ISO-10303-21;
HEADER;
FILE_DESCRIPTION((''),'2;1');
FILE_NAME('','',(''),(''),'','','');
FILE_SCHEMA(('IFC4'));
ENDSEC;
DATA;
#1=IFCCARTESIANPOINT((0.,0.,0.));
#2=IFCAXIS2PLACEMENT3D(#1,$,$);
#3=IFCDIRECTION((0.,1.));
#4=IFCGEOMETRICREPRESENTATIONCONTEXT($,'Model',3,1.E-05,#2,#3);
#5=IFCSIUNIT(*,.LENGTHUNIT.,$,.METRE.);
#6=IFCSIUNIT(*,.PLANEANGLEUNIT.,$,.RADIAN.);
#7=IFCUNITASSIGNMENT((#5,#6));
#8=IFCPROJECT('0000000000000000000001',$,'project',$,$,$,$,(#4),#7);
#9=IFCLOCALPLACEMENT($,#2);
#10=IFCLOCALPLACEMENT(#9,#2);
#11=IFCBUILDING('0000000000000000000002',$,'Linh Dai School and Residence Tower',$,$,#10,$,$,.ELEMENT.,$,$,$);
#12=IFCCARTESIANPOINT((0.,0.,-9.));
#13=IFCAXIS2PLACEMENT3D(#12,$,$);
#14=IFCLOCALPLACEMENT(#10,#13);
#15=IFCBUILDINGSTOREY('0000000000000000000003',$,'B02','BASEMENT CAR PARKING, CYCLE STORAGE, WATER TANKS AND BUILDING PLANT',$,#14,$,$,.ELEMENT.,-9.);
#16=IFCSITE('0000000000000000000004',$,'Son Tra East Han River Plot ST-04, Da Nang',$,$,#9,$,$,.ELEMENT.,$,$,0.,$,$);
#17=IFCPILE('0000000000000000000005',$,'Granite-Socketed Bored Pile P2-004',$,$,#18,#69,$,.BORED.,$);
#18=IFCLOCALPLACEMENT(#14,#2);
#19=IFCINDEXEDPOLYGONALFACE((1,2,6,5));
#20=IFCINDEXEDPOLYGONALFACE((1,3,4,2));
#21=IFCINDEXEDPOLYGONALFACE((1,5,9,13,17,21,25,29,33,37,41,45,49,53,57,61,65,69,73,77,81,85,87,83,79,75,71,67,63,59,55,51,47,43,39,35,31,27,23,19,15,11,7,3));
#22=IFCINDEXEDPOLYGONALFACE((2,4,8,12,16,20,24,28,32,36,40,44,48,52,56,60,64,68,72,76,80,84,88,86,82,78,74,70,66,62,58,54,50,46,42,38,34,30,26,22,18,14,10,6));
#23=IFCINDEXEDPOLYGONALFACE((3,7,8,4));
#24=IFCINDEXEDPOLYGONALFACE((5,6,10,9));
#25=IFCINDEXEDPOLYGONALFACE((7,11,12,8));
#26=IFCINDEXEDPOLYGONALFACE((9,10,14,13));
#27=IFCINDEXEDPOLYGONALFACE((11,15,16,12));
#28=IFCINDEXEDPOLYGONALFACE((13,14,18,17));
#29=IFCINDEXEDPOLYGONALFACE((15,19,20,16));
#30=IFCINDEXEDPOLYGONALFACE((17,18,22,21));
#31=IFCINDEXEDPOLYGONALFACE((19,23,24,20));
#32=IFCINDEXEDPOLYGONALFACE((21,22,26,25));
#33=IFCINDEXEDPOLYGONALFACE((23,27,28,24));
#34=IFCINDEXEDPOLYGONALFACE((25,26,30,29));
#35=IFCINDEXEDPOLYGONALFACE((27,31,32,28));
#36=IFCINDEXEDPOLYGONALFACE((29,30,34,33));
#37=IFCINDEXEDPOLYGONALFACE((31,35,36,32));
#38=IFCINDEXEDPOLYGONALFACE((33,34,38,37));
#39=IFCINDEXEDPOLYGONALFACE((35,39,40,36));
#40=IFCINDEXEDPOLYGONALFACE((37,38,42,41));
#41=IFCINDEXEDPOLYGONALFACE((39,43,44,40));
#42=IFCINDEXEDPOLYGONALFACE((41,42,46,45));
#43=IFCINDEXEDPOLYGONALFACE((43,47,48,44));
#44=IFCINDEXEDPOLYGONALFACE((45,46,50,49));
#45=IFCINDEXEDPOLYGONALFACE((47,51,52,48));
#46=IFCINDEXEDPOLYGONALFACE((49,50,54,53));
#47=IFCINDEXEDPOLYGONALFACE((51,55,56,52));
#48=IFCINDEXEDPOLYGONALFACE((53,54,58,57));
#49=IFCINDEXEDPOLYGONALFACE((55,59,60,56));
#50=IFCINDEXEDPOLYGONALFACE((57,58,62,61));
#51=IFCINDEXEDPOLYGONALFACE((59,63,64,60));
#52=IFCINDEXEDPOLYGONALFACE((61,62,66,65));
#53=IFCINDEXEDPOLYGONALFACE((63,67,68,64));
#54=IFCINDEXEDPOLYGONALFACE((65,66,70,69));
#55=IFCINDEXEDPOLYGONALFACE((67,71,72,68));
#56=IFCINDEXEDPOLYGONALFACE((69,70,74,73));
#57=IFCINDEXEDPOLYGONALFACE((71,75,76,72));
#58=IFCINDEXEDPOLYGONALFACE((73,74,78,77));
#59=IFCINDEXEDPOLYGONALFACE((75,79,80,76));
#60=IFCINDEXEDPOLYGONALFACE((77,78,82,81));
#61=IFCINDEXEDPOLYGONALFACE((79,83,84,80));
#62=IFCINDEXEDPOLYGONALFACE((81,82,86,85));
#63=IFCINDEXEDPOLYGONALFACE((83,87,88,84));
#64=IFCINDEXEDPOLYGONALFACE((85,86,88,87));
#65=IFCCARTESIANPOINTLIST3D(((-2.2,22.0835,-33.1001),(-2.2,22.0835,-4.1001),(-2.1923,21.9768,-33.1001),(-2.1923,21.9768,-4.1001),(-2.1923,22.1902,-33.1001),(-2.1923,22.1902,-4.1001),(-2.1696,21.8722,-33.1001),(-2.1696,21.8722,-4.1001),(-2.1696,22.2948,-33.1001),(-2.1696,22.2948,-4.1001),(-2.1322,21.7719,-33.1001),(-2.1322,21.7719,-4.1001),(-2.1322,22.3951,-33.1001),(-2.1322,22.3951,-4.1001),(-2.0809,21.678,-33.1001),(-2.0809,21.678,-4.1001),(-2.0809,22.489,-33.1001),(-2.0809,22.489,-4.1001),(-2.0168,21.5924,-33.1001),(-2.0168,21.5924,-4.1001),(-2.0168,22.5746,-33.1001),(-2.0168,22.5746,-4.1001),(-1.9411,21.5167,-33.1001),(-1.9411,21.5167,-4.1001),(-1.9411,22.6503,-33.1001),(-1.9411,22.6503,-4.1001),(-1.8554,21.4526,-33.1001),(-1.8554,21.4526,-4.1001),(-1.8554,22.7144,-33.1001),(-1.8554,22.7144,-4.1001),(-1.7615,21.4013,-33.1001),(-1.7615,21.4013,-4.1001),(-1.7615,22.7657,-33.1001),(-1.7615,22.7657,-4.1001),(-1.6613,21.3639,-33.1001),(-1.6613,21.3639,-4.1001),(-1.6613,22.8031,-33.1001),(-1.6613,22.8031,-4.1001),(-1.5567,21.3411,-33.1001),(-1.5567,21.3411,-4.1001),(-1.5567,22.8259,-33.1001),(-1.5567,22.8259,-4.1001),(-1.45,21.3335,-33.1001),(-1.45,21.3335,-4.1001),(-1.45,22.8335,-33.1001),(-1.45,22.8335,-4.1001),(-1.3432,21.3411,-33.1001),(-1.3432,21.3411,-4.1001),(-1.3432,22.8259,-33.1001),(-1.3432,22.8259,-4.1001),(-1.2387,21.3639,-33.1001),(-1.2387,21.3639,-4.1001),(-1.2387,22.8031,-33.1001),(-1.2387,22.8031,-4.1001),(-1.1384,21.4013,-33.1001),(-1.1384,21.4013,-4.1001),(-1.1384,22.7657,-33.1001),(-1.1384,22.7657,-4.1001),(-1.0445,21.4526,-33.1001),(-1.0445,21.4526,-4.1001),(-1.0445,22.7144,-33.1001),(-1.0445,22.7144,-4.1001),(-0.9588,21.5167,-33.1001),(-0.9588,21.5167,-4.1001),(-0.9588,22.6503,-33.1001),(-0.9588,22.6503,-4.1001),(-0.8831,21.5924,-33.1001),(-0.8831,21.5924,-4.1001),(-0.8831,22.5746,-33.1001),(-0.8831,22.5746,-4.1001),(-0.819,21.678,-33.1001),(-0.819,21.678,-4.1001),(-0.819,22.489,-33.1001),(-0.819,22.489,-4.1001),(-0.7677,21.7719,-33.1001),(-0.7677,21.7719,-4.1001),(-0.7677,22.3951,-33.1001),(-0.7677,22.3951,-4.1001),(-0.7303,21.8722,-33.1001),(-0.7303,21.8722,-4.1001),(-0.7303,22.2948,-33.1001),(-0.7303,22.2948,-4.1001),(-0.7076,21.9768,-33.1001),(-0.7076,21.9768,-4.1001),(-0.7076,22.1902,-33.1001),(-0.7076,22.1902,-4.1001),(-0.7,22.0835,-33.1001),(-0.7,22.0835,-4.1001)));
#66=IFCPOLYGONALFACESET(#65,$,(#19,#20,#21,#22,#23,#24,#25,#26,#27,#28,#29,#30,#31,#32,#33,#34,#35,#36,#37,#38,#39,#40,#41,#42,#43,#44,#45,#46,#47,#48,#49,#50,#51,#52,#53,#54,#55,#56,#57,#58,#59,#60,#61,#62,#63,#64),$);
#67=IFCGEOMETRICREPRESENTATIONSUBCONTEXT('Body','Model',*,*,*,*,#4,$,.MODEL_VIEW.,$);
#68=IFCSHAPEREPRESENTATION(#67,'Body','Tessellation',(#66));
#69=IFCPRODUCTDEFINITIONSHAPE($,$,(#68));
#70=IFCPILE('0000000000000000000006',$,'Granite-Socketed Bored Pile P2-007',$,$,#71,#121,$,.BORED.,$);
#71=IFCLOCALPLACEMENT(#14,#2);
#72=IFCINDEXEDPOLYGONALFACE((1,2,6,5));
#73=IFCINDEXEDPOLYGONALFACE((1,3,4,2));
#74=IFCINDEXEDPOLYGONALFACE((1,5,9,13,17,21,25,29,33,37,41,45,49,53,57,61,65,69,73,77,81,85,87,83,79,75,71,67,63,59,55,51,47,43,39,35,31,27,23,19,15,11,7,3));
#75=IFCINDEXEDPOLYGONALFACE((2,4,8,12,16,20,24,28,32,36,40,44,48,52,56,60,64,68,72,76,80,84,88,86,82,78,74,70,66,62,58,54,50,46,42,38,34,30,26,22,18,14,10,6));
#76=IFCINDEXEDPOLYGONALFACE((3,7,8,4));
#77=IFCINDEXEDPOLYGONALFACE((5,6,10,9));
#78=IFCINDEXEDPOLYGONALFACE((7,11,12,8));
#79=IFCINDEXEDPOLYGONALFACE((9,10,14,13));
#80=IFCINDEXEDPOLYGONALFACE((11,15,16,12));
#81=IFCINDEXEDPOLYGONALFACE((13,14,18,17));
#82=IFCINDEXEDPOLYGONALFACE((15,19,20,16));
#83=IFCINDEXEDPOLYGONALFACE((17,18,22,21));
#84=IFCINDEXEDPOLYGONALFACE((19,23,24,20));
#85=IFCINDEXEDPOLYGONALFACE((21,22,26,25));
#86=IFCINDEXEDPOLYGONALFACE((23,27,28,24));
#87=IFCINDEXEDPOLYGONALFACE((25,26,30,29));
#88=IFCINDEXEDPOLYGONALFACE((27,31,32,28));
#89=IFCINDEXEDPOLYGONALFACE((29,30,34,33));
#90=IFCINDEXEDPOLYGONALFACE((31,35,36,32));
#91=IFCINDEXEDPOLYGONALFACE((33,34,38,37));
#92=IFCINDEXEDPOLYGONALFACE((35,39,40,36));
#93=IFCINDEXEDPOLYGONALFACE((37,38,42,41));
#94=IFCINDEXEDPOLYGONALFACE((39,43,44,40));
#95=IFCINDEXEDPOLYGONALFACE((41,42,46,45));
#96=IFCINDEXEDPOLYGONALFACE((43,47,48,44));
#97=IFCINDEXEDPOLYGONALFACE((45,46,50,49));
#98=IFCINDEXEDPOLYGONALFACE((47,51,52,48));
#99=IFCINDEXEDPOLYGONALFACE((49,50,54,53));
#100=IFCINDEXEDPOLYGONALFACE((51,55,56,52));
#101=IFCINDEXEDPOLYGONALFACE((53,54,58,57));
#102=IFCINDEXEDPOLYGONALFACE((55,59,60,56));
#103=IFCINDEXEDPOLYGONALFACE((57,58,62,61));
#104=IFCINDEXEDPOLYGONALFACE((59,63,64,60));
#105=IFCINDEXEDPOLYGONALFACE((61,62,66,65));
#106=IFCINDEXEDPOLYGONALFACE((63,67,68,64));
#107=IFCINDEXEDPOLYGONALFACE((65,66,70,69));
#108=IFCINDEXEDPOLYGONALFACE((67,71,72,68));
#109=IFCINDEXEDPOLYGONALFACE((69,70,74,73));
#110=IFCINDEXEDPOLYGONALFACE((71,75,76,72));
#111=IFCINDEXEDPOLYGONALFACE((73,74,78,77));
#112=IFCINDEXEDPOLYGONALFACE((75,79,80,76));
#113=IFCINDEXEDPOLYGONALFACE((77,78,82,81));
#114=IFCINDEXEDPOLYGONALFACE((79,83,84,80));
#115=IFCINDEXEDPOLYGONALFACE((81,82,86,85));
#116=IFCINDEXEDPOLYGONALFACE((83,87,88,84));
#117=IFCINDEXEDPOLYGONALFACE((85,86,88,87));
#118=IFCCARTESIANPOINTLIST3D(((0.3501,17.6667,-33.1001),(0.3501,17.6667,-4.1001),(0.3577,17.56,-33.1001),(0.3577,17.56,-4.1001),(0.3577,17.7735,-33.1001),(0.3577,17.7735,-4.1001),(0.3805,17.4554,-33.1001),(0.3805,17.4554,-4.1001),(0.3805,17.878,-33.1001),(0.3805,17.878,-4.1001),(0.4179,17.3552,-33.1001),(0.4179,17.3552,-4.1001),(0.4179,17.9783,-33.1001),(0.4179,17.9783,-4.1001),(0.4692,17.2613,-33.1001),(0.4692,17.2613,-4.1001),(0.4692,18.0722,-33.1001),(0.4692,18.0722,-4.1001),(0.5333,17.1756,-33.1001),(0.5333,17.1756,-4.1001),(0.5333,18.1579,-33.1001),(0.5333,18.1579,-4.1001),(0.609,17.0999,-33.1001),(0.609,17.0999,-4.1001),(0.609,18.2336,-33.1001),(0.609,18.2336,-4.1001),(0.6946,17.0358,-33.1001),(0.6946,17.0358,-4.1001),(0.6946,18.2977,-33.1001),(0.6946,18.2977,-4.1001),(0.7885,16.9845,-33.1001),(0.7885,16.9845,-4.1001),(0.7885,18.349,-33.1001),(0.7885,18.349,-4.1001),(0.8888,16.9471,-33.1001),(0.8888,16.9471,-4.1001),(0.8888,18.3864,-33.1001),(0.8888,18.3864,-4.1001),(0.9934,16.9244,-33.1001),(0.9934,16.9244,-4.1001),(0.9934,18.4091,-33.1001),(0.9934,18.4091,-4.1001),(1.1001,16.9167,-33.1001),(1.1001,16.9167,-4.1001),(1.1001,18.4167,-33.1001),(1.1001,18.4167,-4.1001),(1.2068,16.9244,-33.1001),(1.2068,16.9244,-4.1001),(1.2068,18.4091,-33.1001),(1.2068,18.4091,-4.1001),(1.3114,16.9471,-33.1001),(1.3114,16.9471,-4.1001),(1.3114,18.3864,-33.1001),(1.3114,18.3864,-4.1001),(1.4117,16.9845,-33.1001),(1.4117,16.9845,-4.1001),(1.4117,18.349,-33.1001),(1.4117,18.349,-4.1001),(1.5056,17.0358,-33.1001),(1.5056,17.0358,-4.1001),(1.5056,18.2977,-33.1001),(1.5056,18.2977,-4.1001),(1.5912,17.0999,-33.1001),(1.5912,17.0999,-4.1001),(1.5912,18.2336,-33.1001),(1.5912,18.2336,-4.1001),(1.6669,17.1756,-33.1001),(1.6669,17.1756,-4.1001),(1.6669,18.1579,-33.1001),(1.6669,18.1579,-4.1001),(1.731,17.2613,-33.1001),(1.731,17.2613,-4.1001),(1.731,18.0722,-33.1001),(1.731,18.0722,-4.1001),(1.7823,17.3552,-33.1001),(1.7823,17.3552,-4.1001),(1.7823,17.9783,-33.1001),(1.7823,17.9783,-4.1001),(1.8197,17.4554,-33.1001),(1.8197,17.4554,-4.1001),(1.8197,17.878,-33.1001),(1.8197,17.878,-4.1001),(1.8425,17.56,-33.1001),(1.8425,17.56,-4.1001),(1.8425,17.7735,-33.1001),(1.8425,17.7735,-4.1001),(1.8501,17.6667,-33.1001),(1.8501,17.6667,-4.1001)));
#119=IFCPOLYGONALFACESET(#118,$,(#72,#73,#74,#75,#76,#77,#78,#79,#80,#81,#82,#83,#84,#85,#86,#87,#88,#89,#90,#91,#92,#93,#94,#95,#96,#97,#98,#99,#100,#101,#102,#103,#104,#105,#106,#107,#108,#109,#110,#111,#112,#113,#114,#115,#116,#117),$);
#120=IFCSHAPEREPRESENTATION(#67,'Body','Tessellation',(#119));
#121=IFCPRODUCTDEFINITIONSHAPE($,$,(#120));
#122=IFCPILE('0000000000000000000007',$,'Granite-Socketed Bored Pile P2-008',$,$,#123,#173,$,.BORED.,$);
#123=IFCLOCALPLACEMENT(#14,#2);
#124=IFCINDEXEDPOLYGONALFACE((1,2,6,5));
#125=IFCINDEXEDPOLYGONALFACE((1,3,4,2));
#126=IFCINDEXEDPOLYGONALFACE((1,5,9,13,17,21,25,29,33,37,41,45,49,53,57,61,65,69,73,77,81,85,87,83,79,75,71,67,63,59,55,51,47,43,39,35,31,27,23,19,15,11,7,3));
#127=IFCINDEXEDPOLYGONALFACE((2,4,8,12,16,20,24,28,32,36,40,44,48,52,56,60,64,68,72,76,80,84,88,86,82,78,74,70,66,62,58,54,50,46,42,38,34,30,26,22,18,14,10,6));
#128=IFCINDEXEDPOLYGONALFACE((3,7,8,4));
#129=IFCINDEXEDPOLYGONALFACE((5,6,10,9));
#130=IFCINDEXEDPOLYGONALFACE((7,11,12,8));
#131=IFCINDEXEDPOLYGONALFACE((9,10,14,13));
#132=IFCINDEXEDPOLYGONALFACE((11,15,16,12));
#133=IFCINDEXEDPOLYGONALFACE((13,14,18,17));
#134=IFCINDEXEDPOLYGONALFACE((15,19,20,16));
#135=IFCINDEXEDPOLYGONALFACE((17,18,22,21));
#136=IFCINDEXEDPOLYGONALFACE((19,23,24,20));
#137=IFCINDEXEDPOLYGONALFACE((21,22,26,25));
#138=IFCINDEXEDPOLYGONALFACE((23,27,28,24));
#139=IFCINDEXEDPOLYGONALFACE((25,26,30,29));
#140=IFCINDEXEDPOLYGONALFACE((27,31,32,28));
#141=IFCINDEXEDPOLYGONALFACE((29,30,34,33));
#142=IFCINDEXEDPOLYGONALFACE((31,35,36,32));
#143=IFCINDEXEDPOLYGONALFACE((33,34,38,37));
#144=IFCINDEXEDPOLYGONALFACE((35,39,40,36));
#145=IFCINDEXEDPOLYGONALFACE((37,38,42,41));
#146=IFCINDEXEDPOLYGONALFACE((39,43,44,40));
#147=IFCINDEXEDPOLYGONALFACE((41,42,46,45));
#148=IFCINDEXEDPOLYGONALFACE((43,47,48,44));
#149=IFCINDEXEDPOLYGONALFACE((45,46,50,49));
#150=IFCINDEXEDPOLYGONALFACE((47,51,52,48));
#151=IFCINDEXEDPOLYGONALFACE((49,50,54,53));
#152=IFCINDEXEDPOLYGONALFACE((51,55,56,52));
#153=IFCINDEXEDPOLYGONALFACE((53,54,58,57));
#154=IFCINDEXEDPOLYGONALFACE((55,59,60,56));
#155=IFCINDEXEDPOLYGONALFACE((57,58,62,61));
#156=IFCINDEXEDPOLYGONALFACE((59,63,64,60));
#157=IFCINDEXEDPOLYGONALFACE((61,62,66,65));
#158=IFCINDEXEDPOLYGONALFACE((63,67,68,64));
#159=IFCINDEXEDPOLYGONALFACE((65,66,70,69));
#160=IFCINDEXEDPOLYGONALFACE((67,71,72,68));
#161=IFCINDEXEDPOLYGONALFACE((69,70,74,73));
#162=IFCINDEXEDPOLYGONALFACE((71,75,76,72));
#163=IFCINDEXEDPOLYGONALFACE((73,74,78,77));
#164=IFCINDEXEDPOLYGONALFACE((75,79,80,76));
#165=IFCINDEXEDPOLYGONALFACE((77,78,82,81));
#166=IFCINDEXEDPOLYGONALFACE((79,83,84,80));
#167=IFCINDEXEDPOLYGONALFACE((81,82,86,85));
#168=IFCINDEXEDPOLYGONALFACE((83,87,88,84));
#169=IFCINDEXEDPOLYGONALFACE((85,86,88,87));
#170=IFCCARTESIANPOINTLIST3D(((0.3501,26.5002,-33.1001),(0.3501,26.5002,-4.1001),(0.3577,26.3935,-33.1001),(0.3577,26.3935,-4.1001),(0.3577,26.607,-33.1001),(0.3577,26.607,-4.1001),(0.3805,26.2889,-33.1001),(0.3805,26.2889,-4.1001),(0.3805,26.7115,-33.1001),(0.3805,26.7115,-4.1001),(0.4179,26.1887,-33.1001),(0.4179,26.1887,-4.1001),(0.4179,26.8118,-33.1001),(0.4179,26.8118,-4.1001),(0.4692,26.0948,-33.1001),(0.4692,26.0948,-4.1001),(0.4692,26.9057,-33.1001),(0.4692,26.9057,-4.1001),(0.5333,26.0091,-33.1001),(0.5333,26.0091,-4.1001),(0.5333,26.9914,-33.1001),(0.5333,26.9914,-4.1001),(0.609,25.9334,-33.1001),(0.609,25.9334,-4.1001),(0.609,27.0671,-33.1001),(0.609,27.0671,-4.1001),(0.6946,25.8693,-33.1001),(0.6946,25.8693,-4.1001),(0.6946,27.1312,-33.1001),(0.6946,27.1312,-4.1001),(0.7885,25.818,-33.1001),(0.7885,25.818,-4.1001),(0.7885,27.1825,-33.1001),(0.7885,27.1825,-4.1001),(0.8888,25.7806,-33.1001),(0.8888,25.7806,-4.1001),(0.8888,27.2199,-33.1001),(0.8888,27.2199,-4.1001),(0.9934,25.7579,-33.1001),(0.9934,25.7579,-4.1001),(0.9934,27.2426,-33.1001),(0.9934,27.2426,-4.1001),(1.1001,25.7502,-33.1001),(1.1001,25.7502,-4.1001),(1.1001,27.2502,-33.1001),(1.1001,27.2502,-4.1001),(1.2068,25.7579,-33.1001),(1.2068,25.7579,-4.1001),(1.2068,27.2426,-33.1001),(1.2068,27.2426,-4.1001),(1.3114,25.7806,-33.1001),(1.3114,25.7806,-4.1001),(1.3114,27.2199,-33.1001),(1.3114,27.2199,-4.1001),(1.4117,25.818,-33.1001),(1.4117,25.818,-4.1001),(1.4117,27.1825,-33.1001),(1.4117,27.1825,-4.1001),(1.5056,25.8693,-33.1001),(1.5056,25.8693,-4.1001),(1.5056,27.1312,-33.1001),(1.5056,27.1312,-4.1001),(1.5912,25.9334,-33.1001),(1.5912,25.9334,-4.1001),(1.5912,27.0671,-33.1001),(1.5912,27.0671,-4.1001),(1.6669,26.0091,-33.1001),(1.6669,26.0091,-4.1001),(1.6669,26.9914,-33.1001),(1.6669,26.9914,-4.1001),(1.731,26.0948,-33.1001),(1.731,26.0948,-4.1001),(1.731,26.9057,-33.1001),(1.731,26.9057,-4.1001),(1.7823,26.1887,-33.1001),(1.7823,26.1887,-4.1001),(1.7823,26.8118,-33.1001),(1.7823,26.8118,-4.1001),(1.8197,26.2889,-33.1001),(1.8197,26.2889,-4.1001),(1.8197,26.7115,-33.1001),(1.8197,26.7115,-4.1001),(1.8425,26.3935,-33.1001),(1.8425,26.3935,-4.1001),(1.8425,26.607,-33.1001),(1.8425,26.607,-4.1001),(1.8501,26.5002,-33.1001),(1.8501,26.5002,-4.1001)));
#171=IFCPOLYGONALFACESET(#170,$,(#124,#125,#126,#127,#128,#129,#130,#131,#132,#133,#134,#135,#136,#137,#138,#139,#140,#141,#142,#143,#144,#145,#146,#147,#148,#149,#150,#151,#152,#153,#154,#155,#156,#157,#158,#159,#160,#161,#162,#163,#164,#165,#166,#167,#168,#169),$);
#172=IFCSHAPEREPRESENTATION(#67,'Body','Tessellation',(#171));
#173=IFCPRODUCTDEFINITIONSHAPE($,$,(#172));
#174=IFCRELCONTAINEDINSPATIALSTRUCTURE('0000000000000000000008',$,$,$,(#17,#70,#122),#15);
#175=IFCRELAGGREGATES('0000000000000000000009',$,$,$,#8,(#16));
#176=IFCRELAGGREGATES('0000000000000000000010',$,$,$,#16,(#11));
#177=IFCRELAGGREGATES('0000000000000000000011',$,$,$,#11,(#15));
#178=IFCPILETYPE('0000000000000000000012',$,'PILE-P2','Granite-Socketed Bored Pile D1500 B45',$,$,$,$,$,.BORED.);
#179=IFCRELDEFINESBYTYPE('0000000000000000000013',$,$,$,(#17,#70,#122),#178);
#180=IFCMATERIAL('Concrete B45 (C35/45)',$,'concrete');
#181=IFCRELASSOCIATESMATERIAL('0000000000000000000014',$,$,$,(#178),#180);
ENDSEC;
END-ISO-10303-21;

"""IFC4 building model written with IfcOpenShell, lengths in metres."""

from ifc_helpers import new_model, si_unit, direction, frame, origin, origin_2d, place, context, subcontext, project, spatial, circle, extrude, material, material_profile, profile_set, type_object, element, save


model = new_model("IFC4")

# Units and contexts
model_context = context("Model", 3, precision=1e-05, world=origin(), true_north=direction((0.0, 1.0)))
body_context = subcontext(model_context, "Body", "Model", "MODEL_VIEW")
ifc_project = project(units=[si_unit("LENGTHUNIT", "METRE"), si_unit("PLANEANGLEUNIT", "RADIAN")], contexts=[model_context])

# Site, building, storey
site_placement = place(None, origin())
site = spatial("IfcSite", under=ifc_project, at=site_placement, Name="Son Tra East Han River Plot ST-04, Da Nang", CompositionType="ELEMENT", RefElevation=0.0)
building_placement = place(site_placement, origin())
building = spatial("IfcBuilding", under=site, at=building_placement, Name="Linh Dai School and Residence Tower", CompositionType="ELEMENT")
storey_placement = place(building_placement, frame((0.0, 0.0, -9.0)))
storey = spatial("IfcBuildingStorey", under=building, at=storey_placement, Name="B02", Description="BASEMENT CAR PARKING, CYCLE STORAGE, WATER TANKS AND BUILDING PLANT", CompositionType="ELEMENT", Elevation=-9.0)

# Shared definitions
ifc_material_1 = material(Name="Concrete B45 (C35/45)", Category="concrete")

# Piles
ifc_material_profile_1 = material_profile(ifc_material_1, circle(Radius=0.75, at=origin_2d()), Name="PILE D1500")
ifc_profile_set_1 = profile_set([ifc_material_profile_1], Name="Concrete B45 (C35/45)")
pile_type = type_object("IfcPileType", Name="PILE-P2", Description="Granite-Socketed Bored Pile D1500 B45", PredefinedType="BORED", material=ifc_profile_set_1)
for number, where, z_axis, x_axis, name in (
    (1, (-1.45, 22.0835, -4.1001), (0.0, 0.0, -1.0), (1.0, 0.0, 0.0), "Granite-Socketed Bored Pile P2-004"),
    (2, (1.1001, 17.6667, -4.1001), (0.0, 0.0, -1.0), (1.0, 0.0, 0.0), "Granite-Socketed Bored Pile P2-007"),
    (3, (1.1001, 26.5002, -4.1001), (0.0, 0.0, -1.0), (1.0, 0.0, 0.0), "Granite-Socketed Bored Pile P2-008"),
):
    element("IfcPile", number, at=place(storey_placement, frame(where, z_axis=z_axis, x_axis=x_axis)), inside=storey, type_object=pile_type, Name=name, PredefinedType="BORED", context=body_context, shape_type="SweptSolid", body=[
        extrude(circle(Radius=0.75, at=origin_2d()), origin(), (0.0, 0.0, 1.0), 29.0),
    ])

save(model, "model.ifc")
